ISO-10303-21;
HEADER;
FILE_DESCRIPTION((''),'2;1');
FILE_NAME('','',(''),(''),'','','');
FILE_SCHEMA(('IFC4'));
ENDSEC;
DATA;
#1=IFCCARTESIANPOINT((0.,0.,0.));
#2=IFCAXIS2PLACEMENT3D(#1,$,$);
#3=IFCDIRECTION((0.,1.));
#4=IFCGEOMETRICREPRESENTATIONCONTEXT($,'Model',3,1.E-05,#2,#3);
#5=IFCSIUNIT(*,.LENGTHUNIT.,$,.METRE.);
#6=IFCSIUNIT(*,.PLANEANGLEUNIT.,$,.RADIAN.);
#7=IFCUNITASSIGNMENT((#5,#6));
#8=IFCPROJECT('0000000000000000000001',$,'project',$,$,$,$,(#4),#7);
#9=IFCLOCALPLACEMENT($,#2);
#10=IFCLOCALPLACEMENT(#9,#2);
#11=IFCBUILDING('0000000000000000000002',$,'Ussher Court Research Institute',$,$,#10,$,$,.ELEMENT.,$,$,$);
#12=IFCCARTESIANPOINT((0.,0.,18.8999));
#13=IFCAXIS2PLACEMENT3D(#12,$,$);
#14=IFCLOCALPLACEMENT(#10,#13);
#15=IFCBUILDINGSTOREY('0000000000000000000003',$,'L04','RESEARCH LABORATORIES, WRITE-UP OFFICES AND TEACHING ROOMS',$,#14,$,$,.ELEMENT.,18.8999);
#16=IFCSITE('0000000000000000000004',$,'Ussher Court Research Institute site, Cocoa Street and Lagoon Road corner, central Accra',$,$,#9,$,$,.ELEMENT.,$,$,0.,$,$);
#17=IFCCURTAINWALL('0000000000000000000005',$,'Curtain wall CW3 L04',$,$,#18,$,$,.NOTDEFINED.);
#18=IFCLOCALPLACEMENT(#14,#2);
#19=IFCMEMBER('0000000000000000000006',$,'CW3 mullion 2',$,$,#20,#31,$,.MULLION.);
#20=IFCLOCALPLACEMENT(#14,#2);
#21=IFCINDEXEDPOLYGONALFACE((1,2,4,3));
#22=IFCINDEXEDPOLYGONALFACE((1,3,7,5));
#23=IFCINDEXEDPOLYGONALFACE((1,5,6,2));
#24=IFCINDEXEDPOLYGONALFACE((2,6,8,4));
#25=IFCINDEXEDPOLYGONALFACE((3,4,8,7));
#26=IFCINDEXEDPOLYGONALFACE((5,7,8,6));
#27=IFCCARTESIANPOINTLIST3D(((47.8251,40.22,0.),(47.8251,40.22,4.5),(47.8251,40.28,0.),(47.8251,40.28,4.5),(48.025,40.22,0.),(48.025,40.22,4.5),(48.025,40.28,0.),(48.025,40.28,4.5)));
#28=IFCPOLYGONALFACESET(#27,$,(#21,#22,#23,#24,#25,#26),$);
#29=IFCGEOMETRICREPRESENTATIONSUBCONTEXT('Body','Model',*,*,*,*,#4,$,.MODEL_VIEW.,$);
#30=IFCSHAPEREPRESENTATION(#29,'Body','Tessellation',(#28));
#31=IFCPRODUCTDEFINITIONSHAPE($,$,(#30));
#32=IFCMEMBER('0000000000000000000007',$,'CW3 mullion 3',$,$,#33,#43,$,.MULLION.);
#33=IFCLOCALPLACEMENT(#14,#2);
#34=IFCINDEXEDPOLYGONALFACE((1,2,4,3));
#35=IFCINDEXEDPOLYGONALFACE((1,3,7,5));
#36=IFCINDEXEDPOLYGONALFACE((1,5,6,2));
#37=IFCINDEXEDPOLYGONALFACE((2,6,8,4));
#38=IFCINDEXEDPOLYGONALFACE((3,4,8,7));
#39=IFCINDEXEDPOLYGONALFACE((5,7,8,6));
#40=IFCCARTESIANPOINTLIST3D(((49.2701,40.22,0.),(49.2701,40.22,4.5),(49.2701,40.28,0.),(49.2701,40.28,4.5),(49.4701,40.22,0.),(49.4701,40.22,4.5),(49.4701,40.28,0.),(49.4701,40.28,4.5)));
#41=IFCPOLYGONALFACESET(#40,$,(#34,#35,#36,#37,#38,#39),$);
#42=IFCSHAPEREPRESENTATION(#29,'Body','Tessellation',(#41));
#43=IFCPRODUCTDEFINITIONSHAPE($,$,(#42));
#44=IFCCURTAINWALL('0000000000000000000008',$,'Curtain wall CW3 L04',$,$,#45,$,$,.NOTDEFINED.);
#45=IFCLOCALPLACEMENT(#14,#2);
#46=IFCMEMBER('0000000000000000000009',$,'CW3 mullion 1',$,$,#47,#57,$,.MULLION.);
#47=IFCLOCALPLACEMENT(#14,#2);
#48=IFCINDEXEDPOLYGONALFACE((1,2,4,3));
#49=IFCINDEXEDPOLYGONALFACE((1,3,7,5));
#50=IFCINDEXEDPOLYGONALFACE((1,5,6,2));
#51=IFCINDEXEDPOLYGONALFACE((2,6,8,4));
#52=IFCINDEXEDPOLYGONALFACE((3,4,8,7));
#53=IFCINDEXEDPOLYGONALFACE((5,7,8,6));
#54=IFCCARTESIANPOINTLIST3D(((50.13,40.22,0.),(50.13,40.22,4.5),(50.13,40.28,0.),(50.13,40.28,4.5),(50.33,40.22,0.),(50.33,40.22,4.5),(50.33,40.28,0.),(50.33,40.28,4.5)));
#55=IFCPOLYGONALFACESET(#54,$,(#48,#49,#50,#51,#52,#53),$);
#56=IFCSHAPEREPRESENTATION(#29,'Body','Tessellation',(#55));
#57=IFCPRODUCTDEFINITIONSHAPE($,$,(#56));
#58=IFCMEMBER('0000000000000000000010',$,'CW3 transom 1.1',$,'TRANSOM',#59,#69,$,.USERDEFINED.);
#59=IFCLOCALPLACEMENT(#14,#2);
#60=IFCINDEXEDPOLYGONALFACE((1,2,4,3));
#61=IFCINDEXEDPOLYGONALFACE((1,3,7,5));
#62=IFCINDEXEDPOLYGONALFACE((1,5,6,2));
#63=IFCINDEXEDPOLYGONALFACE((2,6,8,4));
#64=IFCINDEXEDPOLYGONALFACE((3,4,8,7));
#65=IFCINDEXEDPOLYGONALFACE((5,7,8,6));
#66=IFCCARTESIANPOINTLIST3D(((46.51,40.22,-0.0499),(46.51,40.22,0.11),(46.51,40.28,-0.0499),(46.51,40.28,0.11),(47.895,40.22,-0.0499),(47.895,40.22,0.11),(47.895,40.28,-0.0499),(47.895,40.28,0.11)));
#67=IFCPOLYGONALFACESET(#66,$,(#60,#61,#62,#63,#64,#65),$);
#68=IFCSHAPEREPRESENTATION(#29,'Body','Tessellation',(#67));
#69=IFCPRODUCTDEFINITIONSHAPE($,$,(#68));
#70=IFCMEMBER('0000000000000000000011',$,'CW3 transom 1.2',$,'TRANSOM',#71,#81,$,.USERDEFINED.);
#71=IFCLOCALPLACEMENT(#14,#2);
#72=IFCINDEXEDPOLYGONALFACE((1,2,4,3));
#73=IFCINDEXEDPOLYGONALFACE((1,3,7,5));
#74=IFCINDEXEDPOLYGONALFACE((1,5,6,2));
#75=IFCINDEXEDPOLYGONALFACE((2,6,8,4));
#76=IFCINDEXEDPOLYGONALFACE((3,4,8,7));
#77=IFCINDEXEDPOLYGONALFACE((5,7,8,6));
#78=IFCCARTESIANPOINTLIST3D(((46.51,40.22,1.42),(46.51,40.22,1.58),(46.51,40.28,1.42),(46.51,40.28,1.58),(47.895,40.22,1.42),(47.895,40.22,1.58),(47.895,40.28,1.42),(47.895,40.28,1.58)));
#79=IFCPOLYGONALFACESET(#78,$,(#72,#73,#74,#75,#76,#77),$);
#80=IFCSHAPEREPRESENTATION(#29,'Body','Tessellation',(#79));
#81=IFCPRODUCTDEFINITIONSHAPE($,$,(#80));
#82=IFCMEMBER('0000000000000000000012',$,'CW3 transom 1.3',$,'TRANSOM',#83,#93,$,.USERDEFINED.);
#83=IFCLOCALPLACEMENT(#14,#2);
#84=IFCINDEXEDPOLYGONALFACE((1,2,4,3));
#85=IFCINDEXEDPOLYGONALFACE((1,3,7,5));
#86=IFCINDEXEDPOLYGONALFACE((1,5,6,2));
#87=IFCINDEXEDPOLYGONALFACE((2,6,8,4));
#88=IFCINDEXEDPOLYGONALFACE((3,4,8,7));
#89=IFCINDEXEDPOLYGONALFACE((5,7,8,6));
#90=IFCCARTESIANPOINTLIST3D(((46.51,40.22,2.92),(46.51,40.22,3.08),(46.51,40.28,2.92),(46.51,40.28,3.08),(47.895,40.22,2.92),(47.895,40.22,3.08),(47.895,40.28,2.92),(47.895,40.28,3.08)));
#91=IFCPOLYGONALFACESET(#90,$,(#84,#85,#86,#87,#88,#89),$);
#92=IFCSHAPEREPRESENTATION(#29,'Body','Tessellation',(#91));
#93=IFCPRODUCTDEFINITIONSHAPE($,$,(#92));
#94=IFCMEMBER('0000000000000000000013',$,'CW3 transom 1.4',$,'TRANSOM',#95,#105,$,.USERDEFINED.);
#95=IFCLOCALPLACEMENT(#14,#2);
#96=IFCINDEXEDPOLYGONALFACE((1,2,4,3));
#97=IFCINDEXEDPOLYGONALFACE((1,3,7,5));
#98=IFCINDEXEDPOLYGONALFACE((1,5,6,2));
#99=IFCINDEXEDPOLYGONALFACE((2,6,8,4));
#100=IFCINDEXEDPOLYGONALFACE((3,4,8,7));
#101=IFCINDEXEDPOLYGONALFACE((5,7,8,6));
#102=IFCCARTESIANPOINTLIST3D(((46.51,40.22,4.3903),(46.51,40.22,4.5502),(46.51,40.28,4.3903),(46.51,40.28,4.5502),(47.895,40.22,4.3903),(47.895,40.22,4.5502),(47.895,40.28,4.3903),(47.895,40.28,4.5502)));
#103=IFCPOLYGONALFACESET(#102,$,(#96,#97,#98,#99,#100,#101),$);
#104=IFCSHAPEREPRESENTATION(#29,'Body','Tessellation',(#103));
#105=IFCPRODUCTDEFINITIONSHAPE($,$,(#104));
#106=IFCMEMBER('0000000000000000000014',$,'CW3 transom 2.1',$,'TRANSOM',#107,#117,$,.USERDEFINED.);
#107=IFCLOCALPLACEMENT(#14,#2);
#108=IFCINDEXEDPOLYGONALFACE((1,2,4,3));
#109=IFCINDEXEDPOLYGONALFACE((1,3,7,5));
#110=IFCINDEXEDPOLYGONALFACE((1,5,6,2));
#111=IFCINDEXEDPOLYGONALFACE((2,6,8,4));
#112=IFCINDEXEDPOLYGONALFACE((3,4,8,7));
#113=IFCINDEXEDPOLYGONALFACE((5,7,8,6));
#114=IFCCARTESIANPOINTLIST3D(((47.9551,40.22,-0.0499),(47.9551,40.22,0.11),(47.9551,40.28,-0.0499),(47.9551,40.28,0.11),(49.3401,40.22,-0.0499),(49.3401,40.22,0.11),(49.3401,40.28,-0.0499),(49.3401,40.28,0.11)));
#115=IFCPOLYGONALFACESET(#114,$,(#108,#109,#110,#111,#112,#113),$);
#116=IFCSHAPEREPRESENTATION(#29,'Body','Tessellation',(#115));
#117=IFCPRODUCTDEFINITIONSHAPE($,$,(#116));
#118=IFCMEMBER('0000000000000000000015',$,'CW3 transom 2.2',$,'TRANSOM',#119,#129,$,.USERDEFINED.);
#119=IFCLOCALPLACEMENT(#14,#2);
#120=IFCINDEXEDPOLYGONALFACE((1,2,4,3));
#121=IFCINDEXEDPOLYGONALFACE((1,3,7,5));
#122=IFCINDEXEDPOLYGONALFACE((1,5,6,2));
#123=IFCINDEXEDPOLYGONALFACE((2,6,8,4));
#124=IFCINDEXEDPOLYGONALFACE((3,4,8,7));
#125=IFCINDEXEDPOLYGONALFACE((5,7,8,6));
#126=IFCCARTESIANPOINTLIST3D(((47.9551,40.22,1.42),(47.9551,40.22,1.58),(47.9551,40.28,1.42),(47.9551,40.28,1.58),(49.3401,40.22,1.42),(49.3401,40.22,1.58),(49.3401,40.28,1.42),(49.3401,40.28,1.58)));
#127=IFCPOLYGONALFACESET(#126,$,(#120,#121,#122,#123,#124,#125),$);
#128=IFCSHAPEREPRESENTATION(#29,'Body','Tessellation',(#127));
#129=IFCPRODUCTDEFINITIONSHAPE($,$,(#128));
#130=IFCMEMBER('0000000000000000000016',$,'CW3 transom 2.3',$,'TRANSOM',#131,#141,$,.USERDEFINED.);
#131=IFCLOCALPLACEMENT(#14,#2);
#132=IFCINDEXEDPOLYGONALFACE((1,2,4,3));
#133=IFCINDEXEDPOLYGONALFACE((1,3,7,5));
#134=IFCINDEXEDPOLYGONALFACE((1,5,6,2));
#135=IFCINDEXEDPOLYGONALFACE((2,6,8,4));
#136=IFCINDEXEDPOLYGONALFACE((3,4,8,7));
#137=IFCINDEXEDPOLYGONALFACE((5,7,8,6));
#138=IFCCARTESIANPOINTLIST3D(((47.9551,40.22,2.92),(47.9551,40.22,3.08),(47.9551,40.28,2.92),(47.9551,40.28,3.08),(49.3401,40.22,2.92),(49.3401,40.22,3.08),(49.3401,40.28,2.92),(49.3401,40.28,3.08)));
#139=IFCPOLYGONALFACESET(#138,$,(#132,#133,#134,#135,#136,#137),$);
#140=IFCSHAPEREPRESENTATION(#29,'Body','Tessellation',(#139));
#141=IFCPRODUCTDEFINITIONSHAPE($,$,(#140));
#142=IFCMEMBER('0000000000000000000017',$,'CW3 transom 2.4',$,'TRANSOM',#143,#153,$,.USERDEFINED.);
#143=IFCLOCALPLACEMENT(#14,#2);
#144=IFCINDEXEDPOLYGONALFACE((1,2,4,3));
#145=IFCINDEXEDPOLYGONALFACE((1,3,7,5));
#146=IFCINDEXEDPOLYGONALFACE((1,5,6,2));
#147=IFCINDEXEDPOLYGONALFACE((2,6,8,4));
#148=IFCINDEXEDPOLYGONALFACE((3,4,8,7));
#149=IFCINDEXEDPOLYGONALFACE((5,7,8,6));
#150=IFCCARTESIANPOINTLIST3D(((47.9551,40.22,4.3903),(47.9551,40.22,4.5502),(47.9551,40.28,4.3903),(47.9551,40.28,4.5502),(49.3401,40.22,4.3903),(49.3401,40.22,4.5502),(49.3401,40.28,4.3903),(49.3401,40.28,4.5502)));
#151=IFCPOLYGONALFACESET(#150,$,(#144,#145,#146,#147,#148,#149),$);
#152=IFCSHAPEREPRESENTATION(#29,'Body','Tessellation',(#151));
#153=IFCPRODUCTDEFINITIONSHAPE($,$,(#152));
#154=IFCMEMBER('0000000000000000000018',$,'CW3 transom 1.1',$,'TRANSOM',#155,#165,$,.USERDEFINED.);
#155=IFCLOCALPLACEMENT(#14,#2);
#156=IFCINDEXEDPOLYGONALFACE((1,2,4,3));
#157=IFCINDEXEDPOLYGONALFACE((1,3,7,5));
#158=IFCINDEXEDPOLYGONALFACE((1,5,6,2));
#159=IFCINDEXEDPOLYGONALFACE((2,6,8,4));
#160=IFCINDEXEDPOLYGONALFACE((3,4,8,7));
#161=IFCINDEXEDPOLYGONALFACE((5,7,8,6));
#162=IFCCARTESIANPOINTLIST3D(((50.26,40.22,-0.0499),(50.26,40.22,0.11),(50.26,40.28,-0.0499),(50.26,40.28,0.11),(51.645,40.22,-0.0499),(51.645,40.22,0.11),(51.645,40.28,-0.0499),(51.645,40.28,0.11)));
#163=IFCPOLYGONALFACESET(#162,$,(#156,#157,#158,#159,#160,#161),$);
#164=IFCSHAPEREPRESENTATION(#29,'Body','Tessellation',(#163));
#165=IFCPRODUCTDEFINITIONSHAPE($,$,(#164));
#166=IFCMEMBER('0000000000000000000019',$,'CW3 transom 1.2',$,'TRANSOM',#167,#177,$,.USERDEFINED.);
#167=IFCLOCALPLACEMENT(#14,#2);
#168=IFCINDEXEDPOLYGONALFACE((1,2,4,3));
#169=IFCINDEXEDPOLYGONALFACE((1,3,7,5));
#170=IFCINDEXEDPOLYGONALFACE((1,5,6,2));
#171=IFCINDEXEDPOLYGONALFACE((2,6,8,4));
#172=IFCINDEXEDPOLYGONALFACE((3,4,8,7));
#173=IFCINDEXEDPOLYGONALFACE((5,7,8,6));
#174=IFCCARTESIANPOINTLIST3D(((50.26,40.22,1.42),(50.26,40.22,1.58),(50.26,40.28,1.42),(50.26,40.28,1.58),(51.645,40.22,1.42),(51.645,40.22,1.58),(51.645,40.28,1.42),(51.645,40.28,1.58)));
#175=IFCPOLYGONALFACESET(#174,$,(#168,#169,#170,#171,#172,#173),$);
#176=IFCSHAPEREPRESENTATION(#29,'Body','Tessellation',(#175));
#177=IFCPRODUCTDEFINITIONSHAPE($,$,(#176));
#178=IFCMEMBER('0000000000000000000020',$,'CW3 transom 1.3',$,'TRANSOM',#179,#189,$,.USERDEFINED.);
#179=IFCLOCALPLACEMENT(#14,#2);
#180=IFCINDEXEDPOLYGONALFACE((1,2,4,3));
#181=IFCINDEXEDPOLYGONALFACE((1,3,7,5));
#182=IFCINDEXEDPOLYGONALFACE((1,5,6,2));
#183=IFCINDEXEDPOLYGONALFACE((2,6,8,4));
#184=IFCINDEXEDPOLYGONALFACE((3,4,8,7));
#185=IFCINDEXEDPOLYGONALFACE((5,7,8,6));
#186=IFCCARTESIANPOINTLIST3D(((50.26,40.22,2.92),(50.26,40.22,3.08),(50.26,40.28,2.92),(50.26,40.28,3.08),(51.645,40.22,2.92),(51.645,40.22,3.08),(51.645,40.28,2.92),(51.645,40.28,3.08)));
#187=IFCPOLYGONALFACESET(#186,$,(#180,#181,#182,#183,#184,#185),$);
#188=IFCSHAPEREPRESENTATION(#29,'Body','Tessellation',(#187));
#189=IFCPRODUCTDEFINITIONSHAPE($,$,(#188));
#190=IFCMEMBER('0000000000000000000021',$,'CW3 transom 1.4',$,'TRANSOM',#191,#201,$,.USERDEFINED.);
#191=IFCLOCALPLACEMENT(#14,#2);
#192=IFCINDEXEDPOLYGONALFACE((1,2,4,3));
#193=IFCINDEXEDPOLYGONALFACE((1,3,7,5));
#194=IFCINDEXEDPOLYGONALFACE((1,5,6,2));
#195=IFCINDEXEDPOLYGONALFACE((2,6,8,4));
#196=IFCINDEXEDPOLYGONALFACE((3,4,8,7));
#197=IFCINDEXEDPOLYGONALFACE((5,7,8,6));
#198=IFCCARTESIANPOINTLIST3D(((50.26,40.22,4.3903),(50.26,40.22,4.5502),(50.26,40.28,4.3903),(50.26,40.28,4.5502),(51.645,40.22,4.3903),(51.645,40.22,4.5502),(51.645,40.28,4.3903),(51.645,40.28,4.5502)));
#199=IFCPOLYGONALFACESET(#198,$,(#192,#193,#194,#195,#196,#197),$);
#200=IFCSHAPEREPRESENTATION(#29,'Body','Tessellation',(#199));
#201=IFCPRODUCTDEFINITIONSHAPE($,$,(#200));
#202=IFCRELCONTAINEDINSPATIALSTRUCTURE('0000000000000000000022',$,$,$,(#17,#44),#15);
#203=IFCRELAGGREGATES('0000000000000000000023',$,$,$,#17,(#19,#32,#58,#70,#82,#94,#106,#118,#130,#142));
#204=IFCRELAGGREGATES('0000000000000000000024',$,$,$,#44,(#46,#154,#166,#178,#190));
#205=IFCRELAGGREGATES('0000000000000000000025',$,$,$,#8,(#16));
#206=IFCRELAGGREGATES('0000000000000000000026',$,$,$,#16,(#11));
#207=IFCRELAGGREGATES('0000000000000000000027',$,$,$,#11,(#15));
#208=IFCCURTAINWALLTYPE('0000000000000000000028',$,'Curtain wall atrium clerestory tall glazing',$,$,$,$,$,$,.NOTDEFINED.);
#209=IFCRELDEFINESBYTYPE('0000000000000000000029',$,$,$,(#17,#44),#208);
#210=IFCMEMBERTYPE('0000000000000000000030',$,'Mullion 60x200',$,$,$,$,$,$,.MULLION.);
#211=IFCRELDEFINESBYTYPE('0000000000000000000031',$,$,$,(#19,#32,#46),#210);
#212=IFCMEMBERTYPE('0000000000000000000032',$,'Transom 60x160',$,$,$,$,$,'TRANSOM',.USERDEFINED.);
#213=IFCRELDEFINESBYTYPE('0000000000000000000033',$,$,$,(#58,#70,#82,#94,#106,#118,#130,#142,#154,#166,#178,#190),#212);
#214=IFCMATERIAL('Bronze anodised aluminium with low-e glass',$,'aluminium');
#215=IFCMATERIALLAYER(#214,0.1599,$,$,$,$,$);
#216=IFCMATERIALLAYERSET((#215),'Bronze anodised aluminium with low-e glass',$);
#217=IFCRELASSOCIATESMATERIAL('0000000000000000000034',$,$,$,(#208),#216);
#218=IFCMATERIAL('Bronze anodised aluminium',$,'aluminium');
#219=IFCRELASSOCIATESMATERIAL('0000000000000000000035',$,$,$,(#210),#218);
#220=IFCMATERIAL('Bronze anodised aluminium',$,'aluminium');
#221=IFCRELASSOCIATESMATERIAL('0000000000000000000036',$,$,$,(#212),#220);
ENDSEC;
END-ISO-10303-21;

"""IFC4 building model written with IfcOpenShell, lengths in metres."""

from ifc_helpers import new_model, si_unit, direction, frame, origin, origin_2d, place, context, subcontext, project, spatial, rectangle, extrude, material, layer, layer_set, material_profile, profile_set, type_object, element, aggregate, save


model = new_model("IFC4")

# Units and contexts
model_context = context("Model", 3, precision=1e-05, world=origin(), true_north=direction((0.0, 1.0)))
body_context = subcontext(model_context, "Body", "Model", "MODEL_VIEW")
ifc_project = project(units=[si_unit("LENGTHUNIT", "METRE"), si_unit("PLANEANGLEUNIT", "RADIAN")], contexts=[model_context])

# Site, building, storey
site_placement = place(None, origin())
site = spatial("IfcSite", under=ifc_project, at=site_placement, Name="Ussher Court Research Institute site, Cocoa Street and Lagoon Road corner, central Accra", CompositionType="ELEMENT", RefElevation=0.0)
building_placement = place(site_placement, origin())
building = spatial("IfcBuilding", under=site, at=building_placement, Name="Ussher Court Research Institute", CompositionType="ELEMENT")
storey_placement = place(building_placement, frame((0.0, 0.0, 18.8999)))
storey = spatial("IfcBuildingStorey", under=building, at=storey_placement, Name="L04", Description="RESEARCH LABORATORIES, WRITE-UP OFFICES AND TEACHING ROOMS", CompositionType="ELEMENT", Elevation=18.8999)

# Curtain wall, members
ifc_material_1 = material(Name="Bronze anodised aluminium with low-e glass", Category="aluminium")
ifc_layer_1 = layer(ifc_material_1, 0.1599)
ifc_layer_set_1 = layer_set([ifc_layer_1], Name="Bronze anodised aluminium with low-e glass")
curtain_wall_type = type_object("IfcCurtainWallType", Name="Curtain wall atrium clerestory tall glazing", PredefinedType="NOTDEFINED", material=ifc_layer_set_1)
curtain_wall_1_placement = place(storey_placement, origin())
curtain_wall_1 = element("IfcCurtainWall", 1, at=curtain_wall_1_placement, inside=storey, type_object=curtain_wall_type, Name="Curtain wall CW3 L04", PredefinedType="NOTDEFINED")
ifc_material_2 = material(Name="Bronze anodised aluminium", Category="aluminium")
ifc_material_profile_1 = material_profile(ifc_material_2, rectangle(XDim=0.0601, YDim=0.2, at=origin_2d()), Name="Mullion 60x200")
ifc_profile_set_1 = profile_set([ifc_material_profile_1], Name="Bronze anodised aluminium")
member_type_1 = type_object("IfcMemberType", Name="Mullion 60x200", PredefinedType="MULLION", material=ifc_profile_set_1)
member_1_placement = place(storey_placement, frame((47.925, 40.25, 0.0), z_axis=(0.0, 0.0, 1.0), x_axis=(0.0, 1.0, 0.0)))
member_1 = element("IfcMember", 2, at=member_1_placement, type_object=member_type_1, Name="CW3 mullion 2", PredefinedType="MULLION", context=body_context, shape_type="SweptSolid", body=[
    extrude(rectangle(XDim=0.0601, YDim=0.2, at=origin_2d()), origin(), (0.0, 0.0, 1.0), 4.5),
])
member_2_placement = place(storey_placement, frame((49.3701, 40.25, 0.0), z_axis=(0.0, 0.0, 1.0), x_axis=(0.0, 1.0, 0.0)))
member_2 = element("IfcMember", 3, at=member_2_placement, type_object=member_type_1, Name="CW3 mullion 3", PredefinedType="MULLION", context=body_context, shape_type="SweptSolid", body=[
    extrude(rectangle(XDim=0.0601, YDim=0.2, at=origin_2d()), origin(), (0.0, 0.0, 1.0), 4.5),
])

# Curtain wall, member
curtain_wall_2_placement = place(storey_placement, origin())
curtain_wall_2 = element("IfcCurtainWall", 4, at=curtain_wall_2_placement, inside=storey, type_object=curtain_wall_type, Name="Curtain wall CW3 L04", PredefinedType="NOTDEFINED")
member_3_placement = place(storey_placement, frame((50.23, 40.25, 0.0), z_axis=(0.0, 0.0, 1.0), x_axis=(0.0, 1.0, 0.0)))
member_3 = element("IfcMember", 5, at=member_3_placement, type_object=member_type_1, Name="CW3 mullion 1", PredefinedType="MULLION", context=body_context, shape_type="SweptSolid", body=[
    extrude(rectangle(XDim=0.0601, YDim=0.2, at=origin_2d()), origin(), (0.0, 0.0, 1.0), 4.5),
])

# Members
ifc_material_3 = material(Name="Bronze anodised aluminium", Category="aluminium")
ifc_material_profile_2 = material_profile(ifc_material_3, rectangle(XDim=0.0601, YDim=0.1599, at=origin_2d()), Name="Transom 60x160")
ifc_profile_set_2 = profile_set([ifc_material_profile_2], Name="Bronze anodised aluminium")
member_type_2 = type_object("IfcMemberType", Name="Transom 60x160", ElementType="TRANSOM", PredefinedType="USERDEFINED", material=ifc_profile_set_2)
member_4_placement = place(storey_placement, frame((46.51, 40.25, 0.03), z_axis=(1.0, 0.0, 0.0), x_axis=(0.0, 1.0, 0.0)))
member_4 = element("IfcMember", 6, at=member_4_placement, type_object=member_type_2, Name="CW3 transom 1.1", ObjectType="TRANSOM", PredefinedType="USERDEFINED", context=body_context, shape_type="SweptSolid", body=[
    extrude(rectangle(XDim=0.0601, YDim=0.1599, at=origin_2d()), origin(), (0.0, 0.0, 1.0), 1.385),
])
member_5_placement = place(storey_placement, frame((46.51, 40.25, 1.5), z_axis=(1.0, 0.0, 0.0), x_axis=(0.0, 1.0, 0.0)))
member_5 = element("IfcMember", 7, at=member_5_placement, type_object=member_type_2, Name="CW3 transom 1.2", ObjectType="TRANSOM", PredefinedType="USERDEFINED", context=body_context, shape_type="SweptSolid", body=[
    extrude(rectangle(XDim=0.0601, YDim=0.1599, at=origin_2d()), origin(), (0.0, 0.0, 1.0), 1.385),
])
member_6_placement = place(storey_placement, frame((46.51, 40.25, 3.0), z_axis=(1.0, 0.0, 0.0), x_axis=(0.0, 1.0, 0.0)))
member_6 = element("IfcMember", 8, at=member_6_placement, type_object=member_type_2, Name="CW3 transom 1.3", ObjectType="TRANSOM", PredefinedType="USERDEFINED", context=body_context, shape_type="SweptSolid", body=[
    extrude(rectangle(XDim=0.0601, YDim=0.1599, at=origin_2d()), origin(), (0.0, 0.0, 1.0), 1.385),
])
member_7_placement = place(storey_placement, frame((46.51, 40.25, 4.4702), z_axis=(1.0, 0.0, 0.0), x_axis=(0.0, 1.0, 0.0)))
member_7 = element("IfcMember", 9, at=member_7_placement, type_object=member_type_2, Name="CW3 transom 1.4", ObjectType="TRANSOM", PredefinedType="USERDEFINED", context=body_context, shape_type="SweptSolid", body=[
    extrude(rectangle(XDim=0.0601, YDim=0.1599, at=origin_2d()), origin(), (0.0, 0.0, 1.0), 1.385),
])
member_8_placement = place(storey_placement, frame((47.9551, 40.25, 0.03), z_axis=(1.0, 0.0, 0.0), x_axis=(0.0, 1.0, 0.0)))
member_8 = element("IfcMember", 10, at=member_8_placement, type_object=member_type_2, Name="CW3 transom 2.1", ObjectType="TRANSOM", PredefinedType="USERDEFINED", context=body_context, shape_type="SweptSolid", body=[
    extrude(rectangle(XDim=0.0601, YDim=0.1599, at=origin_2d()), origin(), (0.0, 0.0, 1.0), 1.385),
])
member_9_placement = place(storey_placement, frame((47.9551, 40.25, 1.5), z_axis=(1.0, 0.0, 0.0), x_axis=(0.0, 1.0, 0.0)))
member_9 = element("IfcMember", 11, at=member_9_placement, type_object=member_type_2, Name="CW3 transom 2.2", ObjectType="TRANSOM", PredefinedType="USERDEFINED", context=body_context, shape_type="SweptSolid", body=[
    extrude(rectangle(XDim=0.0601, YDim=0.1599, at=origin_2d()), origin(), (0.0, 0.0, 1.0), 1.385),
])
member_10_placement = place(storey_placement, frame((47.9551, 40.25, 3.0), z_axis=(1.0, 0.0, 0.0), x_axis=(0.0, 1.0, 0.0)))
member_10 = element("IfcMember", 12, at=member_10_placement, type_object=member_type_2, Name="CW3 transom 2.3", ObjectType="TRANSOM", PredefinedType="USERDEFINED", context=body_context, shape_type="SweptSolid", body=[
    extrude(rectangle(XDim=0.0601, YDim=0.1599, at=origin_2d()), origin(), (0.0, 0.0, 1.0), 1.385),
])
member_11_placement = place(storey_placement, frame((47.9551, 40.25, 4.4702), z_axis=(1.0, 0.0, 0.0), x_axis=(0.0, 1.0, 0.0)))
member_11 = element("IfcMember", 13, at=member_11_placement, type_object=member_type_2, Name="CW3 transom 2.4", ObjectType="TRANSOM", PredefinedType="USERDEFINED", context=body_context, shape_type="SweptSolid", body=[
    extrude(rectangle(XDim=0.0601, YDim=0.1599, at=origin_2d()), origin(), (0.0, 0.0, 1.0), 1.385),
])
member_12_placement = place(storey_placement, frame((50.26, 40.25, 0.03), z_axis=(1.0, 0.0, 0.0), x_axis=(0.0, 1.0, 0.0)))
member_12 = element("IfcMember", 14, at=member_12_placement, type_object=member_type_2, Name="CW3 transom 1.1", ObjectType="TRANSOM", PredefinedType="USERDEFINED", context=body_context, shape_type="SweptSolid", body=[
    extrude(rectangle(XDim=0.0601, YDim=0.1599, at=origin_2d()), origin(), (0.0, 0.0, 1.0), 1.385),
])
member_13_placement = place(storey_placement, frame((50.26, 40.25, 1.5), z_axis=(1.0, 0.0, 0.0), x_axis=(0.0, 1.0, 0.0)))
member_13 = element("IfcMember", 15, at=member_13_placement, type_object=member_type_2, Name="CW3 transom 1.2", ObjectType="TRANSOM", PredefinedType="USERDEFINED", context=body_context, shape_type="SweptSolid", body=[
    extrude(rectangle(XDim=0.0601, YDim=0.1599, at=origin_2d()), origin(), (0.0, 0.0, 1.0), 1.385),
])
member_14_placement = place(storey_placement, frame((50.26, 40.25, 3.0), z_axis=(1.0, 0.0, 0.0), x_axis=(0.0, 1.0, 0.0)))
member_14 = element("IfcMember", 16, at=member_14_placement, type_object=member_type_2, Name="CW3 transom 1.3", ObjectType="TRANSOM", PredefinedType="USERDEFINED", context=body_context, shape_type="SweptSolid", body=[
    extrude(rectangle(XDim=0.0601, YDim=0.1599, at=origin_2d()), origin(), (0.0, 0.0, 1.0), 1.385),
])
member_15_placement = place(storey_placement, frame((50.26, 40.25, 4.4702), z_axis=(1.0, 0.0, 0.0), x_axis=(0.0, 1.0, 0.0)))
member_15 = element("IfcMember", 17, at=member_15_placement, type_object=member_type_2, Name="CW3 transom 1.4", ObjectType="TRANSOM", PredefinedType="USERDEFINED", context=body_context, shape_type="SweptSolid", body=[
    extrude(rectangle(XDim=0.0601, YDim=0.1599, at=origin_2d()), origin(), (0.0, 0.0, 1.0), 1.385),
])

aggregate(curtain_wall_1, [member_1, member_2, member_4, member_5, member_6, member_7, member_8, member_9, member_10, member_11])
aggregate(curtain_wall_2, [member_3, member_12, member_13, member_14, member_15])

save(model, "model.ifc")
